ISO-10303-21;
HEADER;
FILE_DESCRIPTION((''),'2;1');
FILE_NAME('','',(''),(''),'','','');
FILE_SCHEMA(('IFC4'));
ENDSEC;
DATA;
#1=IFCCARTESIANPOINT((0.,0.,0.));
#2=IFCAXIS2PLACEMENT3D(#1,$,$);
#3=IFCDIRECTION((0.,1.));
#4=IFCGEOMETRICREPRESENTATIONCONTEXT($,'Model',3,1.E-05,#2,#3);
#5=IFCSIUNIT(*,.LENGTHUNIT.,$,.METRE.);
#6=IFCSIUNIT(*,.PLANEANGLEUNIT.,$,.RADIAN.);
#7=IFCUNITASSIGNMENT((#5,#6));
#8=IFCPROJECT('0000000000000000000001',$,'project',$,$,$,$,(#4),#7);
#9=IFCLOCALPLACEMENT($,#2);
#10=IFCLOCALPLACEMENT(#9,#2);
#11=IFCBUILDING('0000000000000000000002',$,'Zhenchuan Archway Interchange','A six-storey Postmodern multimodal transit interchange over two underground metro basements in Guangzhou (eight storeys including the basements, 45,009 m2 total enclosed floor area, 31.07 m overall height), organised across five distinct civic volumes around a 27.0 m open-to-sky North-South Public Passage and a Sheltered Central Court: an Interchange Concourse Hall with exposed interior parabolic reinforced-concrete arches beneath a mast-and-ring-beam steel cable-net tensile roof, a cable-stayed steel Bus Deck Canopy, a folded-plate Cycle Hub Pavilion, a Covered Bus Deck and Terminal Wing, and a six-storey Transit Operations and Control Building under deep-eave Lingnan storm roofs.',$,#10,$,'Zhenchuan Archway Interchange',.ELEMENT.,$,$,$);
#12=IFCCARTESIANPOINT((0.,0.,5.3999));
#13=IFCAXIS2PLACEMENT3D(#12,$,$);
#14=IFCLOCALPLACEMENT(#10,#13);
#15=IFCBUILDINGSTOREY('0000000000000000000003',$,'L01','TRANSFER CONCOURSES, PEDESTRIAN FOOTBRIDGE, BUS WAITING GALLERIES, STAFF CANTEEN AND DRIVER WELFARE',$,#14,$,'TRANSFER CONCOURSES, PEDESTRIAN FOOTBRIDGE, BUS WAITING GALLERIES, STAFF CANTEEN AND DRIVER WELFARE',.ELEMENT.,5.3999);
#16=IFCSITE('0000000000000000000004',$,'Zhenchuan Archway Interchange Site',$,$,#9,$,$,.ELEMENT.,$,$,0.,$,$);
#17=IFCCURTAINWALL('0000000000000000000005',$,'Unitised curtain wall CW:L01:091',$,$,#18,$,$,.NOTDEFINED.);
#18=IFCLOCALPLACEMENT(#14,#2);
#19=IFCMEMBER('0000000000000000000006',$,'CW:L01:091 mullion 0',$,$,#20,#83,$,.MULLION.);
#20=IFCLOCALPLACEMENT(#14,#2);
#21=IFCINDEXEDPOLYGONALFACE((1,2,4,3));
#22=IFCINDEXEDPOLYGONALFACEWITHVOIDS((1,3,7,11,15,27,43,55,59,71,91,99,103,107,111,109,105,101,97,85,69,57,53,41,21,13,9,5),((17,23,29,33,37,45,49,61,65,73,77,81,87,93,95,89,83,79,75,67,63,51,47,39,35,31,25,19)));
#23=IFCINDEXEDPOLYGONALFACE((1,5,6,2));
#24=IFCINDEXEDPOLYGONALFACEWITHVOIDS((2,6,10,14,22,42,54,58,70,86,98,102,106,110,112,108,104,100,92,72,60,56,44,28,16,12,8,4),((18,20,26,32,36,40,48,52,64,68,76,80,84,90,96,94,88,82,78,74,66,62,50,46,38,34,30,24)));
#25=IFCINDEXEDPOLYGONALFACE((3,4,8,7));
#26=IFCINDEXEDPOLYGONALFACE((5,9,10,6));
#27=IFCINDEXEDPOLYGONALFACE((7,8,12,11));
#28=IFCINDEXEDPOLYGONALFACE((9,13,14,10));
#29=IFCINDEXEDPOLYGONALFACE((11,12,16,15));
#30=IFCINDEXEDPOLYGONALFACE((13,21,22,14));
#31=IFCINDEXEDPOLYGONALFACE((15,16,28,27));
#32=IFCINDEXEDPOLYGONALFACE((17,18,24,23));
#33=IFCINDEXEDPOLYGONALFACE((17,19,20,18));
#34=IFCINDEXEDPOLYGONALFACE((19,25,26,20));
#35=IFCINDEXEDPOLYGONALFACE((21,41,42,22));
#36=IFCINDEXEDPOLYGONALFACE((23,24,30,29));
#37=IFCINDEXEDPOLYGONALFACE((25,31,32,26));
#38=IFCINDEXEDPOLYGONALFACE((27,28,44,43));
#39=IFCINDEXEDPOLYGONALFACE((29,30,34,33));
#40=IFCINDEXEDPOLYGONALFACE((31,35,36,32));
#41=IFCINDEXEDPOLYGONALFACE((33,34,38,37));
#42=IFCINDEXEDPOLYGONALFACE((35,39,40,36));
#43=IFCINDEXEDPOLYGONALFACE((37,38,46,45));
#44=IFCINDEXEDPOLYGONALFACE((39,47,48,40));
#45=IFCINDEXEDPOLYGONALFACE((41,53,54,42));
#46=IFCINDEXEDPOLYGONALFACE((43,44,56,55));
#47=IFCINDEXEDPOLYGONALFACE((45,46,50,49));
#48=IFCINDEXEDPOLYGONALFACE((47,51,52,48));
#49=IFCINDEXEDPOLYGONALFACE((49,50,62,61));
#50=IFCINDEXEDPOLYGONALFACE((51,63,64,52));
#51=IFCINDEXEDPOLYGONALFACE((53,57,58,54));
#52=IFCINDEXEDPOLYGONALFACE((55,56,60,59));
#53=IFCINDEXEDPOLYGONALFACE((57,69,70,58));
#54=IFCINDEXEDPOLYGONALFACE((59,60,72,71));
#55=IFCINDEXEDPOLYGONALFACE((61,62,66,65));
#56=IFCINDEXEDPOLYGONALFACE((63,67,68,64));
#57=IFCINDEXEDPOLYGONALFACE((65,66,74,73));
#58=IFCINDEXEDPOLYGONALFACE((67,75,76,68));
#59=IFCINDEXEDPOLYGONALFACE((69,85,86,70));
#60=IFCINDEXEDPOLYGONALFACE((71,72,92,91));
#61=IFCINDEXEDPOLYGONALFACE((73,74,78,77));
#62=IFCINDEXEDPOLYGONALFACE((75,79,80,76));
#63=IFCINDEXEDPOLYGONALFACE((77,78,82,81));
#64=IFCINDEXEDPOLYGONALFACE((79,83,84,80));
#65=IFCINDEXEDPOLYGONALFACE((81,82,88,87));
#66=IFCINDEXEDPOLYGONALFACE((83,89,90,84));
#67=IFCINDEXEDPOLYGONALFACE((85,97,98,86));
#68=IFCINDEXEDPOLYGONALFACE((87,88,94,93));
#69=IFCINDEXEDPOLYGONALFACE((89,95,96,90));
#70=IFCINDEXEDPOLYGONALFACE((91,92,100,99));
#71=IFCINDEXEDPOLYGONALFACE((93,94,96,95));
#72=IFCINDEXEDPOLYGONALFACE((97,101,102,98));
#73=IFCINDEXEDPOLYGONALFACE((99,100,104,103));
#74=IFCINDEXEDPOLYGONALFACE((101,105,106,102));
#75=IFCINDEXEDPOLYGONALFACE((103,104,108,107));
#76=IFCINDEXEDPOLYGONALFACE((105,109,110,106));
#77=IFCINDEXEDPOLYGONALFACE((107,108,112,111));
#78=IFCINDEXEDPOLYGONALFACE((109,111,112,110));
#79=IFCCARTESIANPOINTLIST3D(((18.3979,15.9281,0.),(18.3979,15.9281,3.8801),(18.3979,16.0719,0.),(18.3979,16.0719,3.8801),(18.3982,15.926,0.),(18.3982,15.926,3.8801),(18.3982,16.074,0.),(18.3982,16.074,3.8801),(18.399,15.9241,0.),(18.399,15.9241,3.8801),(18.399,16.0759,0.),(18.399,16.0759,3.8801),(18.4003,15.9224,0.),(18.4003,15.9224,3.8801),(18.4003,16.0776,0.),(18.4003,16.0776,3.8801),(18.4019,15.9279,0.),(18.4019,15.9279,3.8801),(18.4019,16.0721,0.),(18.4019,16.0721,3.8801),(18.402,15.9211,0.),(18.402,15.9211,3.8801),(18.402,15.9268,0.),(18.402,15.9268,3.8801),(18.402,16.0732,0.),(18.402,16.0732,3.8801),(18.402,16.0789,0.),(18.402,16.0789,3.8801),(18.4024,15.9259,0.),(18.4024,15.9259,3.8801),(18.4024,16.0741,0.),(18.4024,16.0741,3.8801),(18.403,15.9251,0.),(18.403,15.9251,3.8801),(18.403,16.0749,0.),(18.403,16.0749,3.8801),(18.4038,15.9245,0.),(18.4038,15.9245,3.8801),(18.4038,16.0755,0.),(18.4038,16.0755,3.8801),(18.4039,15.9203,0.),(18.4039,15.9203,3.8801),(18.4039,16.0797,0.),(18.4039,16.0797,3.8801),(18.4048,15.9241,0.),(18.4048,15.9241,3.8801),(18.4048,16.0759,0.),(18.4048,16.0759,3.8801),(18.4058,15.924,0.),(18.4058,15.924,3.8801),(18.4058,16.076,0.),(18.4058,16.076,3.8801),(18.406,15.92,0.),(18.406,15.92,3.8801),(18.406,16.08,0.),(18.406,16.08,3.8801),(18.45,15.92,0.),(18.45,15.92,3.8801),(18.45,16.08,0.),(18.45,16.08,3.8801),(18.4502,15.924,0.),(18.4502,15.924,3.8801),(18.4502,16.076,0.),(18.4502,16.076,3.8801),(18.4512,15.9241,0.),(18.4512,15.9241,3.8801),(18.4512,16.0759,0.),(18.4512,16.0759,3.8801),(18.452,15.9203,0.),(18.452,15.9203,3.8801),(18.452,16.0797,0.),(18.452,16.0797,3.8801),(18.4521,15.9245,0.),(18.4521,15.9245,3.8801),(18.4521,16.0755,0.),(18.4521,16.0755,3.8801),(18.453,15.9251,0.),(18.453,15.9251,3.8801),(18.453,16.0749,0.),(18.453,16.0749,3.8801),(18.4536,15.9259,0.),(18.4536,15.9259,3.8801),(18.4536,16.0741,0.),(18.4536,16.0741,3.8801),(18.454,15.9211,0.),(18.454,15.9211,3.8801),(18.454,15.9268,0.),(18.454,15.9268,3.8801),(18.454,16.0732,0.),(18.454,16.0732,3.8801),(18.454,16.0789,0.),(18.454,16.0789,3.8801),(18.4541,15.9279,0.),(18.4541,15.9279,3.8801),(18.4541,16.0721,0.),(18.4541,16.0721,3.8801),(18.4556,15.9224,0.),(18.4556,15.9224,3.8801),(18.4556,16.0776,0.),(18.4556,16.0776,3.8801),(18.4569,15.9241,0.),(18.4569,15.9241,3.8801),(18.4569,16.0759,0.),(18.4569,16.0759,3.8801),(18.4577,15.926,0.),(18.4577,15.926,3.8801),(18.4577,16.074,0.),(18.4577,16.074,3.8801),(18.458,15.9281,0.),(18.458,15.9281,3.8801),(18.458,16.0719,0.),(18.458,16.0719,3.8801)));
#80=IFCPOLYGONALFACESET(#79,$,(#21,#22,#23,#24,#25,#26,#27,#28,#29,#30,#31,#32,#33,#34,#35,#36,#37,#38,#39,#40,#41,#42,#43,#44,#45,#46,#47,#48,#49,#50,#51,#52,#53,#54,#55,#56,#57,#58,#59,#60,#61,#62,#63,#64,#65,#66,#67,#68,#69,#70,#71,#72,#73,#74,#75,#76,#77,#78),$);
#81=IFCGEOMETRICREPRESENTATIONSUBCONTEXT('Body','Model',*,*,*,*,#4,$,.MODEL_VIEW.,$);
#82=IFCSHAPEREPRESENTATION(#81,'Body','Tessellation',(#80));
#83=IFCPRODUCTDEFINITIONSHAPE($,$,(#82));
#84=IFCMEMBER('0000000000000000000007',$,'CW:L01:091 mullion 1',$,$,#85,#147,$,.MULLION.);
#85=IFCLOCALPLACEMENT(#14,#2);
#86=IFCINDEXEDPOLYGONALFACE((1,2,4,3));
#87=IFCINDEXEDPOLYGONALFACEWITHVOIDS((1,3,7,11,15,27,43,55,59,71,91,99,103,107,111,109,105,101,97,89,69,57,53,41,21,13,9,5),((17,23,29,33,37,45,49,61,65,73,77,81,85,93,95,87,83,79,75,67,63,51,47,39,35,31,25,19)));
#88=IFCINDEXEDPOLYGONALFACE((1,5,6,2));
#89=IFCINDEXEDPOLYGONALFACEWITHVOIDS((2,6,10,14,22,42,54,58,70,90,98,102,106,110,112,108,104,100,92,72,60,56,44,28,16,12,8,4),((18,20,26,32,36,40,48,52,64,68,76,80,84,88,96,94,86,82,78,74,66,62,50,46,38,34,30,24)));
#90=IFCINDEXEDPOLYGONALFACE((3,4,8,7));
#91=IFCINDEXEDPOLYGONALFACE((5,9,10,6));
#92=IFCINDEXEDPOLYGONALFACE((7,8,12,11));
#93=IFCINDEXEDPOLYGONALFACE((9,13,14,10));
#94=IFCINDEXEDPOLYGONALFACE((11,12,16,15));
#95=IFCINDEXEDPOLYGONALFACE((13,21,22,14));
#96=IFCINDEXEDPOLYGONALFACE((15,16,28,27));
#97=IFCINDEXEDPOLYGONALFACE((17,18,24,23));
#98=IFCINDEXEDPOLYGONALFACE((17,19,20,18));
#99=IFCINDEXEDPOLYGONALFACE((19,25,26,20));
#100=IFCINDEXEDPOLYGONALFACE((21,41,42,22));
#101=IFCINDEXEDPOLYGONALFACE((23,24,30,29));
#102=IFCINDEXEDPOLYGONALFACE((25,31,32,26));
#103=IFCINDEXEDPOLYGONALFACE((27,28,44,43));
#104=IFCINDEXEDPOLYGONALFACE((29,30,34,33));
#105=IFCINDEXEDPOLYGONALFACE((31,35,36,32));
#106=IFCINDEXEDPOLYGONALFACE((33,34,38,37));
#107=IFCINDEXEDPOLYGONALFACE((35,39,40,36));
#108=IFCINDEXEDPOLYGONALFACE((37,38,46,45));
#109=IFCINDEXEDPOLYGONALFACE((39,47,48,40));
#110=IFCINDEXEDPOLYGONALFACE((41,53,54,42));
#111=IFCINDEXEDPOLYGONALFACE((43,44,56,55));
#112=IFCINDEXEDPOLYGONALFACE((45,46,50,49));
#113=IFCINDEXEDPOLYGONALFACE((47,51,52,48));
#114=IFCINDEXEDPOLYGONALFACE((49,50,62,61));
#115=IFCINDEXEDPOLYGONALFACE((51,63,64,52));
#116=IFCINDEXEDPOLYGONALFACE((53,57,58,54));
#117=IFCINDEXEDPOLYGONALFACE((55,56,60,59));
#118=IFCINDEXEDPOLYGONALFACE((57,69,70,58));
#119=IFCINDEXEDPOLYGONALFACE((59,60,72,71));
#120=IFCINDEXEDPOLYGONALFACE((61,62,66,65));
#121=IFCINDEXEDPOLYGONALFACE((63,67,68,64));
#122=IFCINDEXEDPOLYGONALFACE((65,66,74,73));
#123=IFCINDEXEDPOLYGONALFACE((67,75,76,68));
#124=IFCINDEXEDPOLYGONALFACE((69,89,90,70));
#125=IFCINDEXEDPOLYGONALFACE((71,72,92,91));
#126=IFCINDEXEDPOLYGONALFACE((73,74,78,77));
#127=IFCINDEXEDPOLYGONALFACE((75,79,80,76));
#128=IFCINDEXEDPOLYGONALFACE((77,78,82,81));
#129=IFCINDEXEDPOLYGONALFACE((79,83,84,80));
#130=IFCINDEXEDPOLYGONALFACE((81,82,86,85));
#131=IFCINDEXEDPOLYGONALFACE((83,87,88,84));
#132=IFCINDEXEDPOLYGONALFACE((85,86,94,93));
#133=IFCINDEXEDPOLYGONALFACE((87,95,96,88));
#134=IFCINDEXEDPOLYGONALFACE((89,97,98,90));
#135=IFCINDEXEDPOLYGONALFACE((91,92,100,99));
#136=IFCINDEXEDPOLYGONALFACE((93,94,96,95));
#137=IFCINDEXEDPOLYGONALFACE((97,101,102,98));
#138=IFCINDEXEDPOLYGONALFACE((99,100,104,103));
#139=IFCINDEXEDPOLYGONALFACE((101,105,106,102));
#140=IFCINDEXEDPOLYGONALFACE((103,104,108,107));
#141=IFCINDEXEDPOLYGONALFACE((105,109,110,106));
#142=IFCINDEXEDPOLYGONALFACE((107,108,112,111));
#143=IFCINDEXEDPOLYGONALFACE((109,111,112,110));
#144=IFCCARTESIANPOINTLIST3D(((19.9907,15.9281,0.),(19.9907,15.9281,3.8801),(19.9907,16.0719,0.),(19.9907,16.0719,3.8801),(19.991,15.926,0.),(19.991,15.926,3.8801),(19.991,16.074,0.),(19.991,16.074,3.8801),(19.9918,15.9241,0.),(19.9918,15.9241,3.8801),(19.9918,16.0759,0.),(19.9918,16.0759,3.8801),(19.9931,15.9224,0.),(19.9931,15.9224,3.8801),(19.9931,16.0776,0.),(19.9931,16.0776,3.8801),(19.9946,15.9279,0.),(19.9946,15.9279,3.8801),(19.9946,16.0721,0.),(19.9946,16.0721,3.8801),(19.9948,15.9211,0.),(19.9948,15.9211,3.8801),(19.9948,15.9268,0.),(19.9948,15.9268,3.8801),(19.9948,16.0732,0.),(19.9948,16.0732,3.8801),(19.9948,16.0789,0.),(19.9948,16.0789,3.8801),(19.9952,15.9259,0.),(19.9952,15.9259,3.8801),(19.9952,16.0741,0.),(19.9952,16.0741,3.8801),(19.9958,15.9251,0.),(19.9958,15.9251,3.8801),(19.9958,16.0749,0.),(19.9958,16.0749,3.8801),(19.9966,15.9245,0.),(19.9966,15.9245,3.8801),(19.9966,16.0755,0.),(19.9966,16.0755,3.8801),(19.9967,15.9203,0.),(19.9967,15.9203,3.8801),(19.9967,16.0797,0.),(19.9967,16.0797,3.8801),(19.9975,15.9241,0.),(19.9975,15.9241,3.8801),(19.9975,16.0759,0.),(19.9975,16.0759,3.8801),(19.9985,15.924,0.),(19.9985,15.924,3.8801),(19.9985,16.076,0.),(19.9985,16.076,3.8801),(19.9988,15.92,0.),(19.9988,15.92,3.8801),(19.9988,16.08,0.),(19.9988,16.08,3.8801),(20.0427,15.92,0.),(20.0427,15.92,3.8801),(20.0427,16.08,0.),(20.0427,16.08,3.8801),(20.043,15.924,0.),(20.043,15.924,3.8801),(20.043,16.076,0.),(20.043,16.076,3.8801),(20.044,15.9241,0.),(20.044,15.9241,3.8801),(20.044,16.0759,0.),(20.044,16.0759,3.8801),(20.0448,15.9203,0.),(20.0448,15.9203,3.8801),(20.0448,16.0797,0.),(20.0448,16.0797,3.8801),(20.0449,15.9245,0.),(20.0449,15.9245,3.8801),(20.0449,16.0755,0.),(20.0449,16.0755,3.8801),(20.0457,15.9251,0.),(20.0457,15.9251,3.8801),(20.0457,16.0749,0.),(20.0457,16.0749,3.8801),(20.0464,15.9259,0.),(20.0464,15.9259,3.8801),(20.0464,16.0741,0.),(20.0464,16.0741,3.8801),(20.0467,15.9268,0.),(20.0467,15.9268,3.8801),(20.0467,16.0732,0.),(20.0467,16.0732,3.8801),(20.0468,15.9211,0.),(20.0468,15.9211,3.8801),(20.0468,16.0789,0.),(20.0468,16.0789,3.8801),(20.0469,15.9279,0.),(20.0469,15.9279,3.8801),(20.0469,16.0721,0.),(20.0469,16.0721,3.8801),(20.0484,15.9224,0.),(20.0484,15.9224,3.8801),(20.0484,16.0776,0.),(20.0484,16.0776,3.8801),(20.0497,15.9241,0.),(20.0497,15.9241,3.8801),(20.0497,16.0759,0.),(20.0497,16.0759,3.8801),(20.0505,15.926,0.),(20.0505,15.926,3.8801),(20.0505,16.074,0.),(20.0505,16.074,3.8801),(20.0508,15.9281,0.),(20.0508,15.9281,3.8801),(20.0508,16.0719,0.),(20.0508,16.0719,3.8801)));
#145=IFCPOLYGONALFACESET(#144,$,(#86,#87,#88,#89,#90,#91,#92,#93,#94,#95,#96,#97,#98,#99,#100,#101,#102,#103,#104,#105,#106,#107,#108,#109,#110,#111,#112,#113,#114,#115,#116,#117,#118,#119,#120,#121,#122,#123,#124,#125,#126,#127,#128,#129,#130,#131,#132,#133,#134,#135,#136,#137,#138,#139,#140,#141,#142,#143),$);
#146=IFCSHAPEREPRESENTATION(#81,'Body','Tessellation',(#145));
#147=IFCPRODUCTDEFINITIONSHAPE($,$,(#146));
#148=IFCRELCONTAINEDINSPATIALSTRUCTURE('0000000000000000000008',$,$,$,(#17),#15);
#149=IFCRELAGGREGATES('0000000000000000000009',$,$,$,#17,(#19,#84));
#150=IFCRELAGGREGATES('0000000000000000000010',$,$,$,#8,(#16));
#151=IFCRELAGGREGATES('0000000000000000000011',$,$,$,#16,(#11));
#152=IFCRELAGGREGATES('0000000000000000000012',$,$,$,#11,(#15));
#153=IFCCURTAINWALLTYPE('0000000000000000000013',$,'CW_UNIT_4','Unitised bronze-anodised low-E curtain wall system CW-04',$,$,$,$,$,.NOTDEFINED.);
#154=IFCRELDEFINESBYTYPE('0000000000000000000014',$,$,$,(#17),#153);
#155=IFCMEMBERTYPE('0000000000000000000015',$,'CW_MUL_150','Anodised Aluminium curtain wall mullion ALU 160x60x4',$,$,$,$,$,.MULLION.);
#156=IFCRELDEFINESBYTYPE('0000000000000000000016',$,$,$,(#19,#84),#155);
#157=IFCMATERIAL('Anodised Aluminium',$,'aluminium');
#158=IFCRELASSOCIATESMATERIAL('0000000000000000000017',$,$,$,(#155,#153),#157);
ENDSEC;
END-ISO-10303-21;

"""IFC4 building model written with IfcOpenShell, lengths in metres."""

from ifc_helpers import new_model, si_unit, direction, frame, origin, origin_2d, place, context, subcontext, project, spatial, hollow_rectangle, extrude, material, material_profile, profile_set, type_object, element, aggregate, save


model = new_model("IFC4")

# Units and contexts
model_context = context("Model", 3, precision=1e-05, world=origin(), true_north=direction((0.0, 1.0)))
body_context = subcontext(model_context, "Body", "Model", "MODEL_VIEW")
ifc_project = project(units=[si_unit("LENGTHUNIT", "METRE"), si_unit("PLANEANGLEUNIT", "RADIAN")], contexts=[model_context])

# Site, building, storey
site_placement = place(None, origin())
site = spatial("IfcSite", under=ifc_project, at=site_placement, Name="Zhenchuan Archway Interchange Site", CompositionType="ELEMENT", RefElevation=0.0)
building_placement = place(site_placement, origin())
building = spatial("IfcBuilding", under=site, at=building_placement, Name="Zhenchuan Archway Interchange", Description="A six-storey Postmodern multimodal transit interchange over two underground metro basements in Guangzhou (eight storeys including the basements, 45,009 m2 total enclosed floor area, 31.07 m overall height), organised across five distinct civic volumes around a 27.0 m open-to-sky North-South Public Passage and a Sheltered Central Court: an Interchange Concourse Hall with exposed interior parabolic reinforced-concrete arches beneath a mast-and-ring-beam steel cable-net tensile roof, a cable-stayed steel Bus Deck Canopy, a folded-plate Cycle Hub Pavilion, a Covered Bus Deck and Terminal Wing, and a six-storey Transit Operations and Control Building under deep-eave Lingnan storm roofs.", LongName="Zhenchuan Archway Interchange", CompositionType="ELEMENT")
storey_placement = place(building_placement, frame((0.0, 0.0, 5.3999)))
storey = spatial("IfcBuildingStorey", under=building, at=storey_placement, Name="L01", Description="TRANSFER CONCOURSES, PEDESTRIAN FOOTBRIDGE, BUS WAITING GALLERIES, STAFF CANTEEN AND DRIVER WELFARE", LongName="TRANSFER CONCOURSES, PEDESTRIAN FOOTBRIDGE, BUS WAITING GALLERIES, STAFF CANTEEN AND DRIVER WELFARE", CompositionType="ELEMENT", Elevation=5.3999)

# Shared definitions
ifc_material_1 = material(Name="Anodised Aluminium", Category="aluminium")
ifc_material_profile_1 = material_profile(ifc_material_1, hollow_rectangle(XDim=0.0601, YDim=0.1599, WallThickness=0.0039, InnerFilletRadius=0.0039, OuterFilletRadius=0.0081, at=origin_2d()), Name="ALU 160x60x4")
ifc_profile_set_1 = profile_set([ifc_material_profile_1], Name="Anodised Aluminium")
member_type_1 = type_object("IfcMemberType", Name="CW_MUL_150", Description="Anodised Aluminium curtain wall mullion ALU 160x60x4", PredefinedType="MULLION", material=ifc_profile_set_1)

# Curtain wall, members
curtain_wall_type_1 = type_object("IfcCurtainWallType", Name="CW_UNIT_4", Description="Unitised bronze-anodised low-E curtain wall system CW-04", PredefinedType="NOTDEFINED", material=ifc_material_1)
curtain_wall_1_placement = place(storey_placement, origin())
curtain_wall_1 = element("IfcCurtainWall", 1, at=curtain_wall_1_placement, inside=storey, type_object=curtain_wall_type_1, Name="Unitised curtain wall CW:L01:091", PredefinedType="NOTDEFINED")
member_1_placement = place(storey_placement, frame((18.428, 16.0, 0.0), z_axis=(0.0, 0.0, 1.0), x_axis=(1.0, 0.0, 0.0)))
member_1 = element("IfcMember", 2, at=member_1_placement, type_object=member_type_1, Name="CW:L01:091 mullion 0", PredefinedType="MULLION", context=body_context, shape_type="SweptSolid", body=[
    extrude(hollow_rectangle(XDim=0.0601, YDim=0.1599, WallThickness=0.0039, InnerFilletRadius=0.0039, OuterFilletRadius=0.0081, at=origin_2d()), origin(), (0.0, 0.0, 1.0), 3.8801),
])
member_2_placement = place(storey_placement, frame((20.0208, 16.0, 0.0), z_axis=(0.0, 0.0, 1.0), x_axis=(1.0, 0.0, 0.0)))
member_2 = element("IfcMember", 3, at=member_2_placement, type_object=member_type_1, Name="CW:L01:091 mullion 1", PredefinedType="MULLION", context=body_context, shape_type="SweptSolid", body=[
    extrude(hollow_rectangle(XDim=0.0601, YDim=0.1599, WallThickness=0.0039, InnerFilletRadius=0.0039, OuterFilletRadius=0.0081, at=origin_2d()), origin(), (0.0, 0.0, 1.0), 3.8801),
])

aggregate(curtain_wall_1, [member_1, member_2])

save(model, "model.ifc")
